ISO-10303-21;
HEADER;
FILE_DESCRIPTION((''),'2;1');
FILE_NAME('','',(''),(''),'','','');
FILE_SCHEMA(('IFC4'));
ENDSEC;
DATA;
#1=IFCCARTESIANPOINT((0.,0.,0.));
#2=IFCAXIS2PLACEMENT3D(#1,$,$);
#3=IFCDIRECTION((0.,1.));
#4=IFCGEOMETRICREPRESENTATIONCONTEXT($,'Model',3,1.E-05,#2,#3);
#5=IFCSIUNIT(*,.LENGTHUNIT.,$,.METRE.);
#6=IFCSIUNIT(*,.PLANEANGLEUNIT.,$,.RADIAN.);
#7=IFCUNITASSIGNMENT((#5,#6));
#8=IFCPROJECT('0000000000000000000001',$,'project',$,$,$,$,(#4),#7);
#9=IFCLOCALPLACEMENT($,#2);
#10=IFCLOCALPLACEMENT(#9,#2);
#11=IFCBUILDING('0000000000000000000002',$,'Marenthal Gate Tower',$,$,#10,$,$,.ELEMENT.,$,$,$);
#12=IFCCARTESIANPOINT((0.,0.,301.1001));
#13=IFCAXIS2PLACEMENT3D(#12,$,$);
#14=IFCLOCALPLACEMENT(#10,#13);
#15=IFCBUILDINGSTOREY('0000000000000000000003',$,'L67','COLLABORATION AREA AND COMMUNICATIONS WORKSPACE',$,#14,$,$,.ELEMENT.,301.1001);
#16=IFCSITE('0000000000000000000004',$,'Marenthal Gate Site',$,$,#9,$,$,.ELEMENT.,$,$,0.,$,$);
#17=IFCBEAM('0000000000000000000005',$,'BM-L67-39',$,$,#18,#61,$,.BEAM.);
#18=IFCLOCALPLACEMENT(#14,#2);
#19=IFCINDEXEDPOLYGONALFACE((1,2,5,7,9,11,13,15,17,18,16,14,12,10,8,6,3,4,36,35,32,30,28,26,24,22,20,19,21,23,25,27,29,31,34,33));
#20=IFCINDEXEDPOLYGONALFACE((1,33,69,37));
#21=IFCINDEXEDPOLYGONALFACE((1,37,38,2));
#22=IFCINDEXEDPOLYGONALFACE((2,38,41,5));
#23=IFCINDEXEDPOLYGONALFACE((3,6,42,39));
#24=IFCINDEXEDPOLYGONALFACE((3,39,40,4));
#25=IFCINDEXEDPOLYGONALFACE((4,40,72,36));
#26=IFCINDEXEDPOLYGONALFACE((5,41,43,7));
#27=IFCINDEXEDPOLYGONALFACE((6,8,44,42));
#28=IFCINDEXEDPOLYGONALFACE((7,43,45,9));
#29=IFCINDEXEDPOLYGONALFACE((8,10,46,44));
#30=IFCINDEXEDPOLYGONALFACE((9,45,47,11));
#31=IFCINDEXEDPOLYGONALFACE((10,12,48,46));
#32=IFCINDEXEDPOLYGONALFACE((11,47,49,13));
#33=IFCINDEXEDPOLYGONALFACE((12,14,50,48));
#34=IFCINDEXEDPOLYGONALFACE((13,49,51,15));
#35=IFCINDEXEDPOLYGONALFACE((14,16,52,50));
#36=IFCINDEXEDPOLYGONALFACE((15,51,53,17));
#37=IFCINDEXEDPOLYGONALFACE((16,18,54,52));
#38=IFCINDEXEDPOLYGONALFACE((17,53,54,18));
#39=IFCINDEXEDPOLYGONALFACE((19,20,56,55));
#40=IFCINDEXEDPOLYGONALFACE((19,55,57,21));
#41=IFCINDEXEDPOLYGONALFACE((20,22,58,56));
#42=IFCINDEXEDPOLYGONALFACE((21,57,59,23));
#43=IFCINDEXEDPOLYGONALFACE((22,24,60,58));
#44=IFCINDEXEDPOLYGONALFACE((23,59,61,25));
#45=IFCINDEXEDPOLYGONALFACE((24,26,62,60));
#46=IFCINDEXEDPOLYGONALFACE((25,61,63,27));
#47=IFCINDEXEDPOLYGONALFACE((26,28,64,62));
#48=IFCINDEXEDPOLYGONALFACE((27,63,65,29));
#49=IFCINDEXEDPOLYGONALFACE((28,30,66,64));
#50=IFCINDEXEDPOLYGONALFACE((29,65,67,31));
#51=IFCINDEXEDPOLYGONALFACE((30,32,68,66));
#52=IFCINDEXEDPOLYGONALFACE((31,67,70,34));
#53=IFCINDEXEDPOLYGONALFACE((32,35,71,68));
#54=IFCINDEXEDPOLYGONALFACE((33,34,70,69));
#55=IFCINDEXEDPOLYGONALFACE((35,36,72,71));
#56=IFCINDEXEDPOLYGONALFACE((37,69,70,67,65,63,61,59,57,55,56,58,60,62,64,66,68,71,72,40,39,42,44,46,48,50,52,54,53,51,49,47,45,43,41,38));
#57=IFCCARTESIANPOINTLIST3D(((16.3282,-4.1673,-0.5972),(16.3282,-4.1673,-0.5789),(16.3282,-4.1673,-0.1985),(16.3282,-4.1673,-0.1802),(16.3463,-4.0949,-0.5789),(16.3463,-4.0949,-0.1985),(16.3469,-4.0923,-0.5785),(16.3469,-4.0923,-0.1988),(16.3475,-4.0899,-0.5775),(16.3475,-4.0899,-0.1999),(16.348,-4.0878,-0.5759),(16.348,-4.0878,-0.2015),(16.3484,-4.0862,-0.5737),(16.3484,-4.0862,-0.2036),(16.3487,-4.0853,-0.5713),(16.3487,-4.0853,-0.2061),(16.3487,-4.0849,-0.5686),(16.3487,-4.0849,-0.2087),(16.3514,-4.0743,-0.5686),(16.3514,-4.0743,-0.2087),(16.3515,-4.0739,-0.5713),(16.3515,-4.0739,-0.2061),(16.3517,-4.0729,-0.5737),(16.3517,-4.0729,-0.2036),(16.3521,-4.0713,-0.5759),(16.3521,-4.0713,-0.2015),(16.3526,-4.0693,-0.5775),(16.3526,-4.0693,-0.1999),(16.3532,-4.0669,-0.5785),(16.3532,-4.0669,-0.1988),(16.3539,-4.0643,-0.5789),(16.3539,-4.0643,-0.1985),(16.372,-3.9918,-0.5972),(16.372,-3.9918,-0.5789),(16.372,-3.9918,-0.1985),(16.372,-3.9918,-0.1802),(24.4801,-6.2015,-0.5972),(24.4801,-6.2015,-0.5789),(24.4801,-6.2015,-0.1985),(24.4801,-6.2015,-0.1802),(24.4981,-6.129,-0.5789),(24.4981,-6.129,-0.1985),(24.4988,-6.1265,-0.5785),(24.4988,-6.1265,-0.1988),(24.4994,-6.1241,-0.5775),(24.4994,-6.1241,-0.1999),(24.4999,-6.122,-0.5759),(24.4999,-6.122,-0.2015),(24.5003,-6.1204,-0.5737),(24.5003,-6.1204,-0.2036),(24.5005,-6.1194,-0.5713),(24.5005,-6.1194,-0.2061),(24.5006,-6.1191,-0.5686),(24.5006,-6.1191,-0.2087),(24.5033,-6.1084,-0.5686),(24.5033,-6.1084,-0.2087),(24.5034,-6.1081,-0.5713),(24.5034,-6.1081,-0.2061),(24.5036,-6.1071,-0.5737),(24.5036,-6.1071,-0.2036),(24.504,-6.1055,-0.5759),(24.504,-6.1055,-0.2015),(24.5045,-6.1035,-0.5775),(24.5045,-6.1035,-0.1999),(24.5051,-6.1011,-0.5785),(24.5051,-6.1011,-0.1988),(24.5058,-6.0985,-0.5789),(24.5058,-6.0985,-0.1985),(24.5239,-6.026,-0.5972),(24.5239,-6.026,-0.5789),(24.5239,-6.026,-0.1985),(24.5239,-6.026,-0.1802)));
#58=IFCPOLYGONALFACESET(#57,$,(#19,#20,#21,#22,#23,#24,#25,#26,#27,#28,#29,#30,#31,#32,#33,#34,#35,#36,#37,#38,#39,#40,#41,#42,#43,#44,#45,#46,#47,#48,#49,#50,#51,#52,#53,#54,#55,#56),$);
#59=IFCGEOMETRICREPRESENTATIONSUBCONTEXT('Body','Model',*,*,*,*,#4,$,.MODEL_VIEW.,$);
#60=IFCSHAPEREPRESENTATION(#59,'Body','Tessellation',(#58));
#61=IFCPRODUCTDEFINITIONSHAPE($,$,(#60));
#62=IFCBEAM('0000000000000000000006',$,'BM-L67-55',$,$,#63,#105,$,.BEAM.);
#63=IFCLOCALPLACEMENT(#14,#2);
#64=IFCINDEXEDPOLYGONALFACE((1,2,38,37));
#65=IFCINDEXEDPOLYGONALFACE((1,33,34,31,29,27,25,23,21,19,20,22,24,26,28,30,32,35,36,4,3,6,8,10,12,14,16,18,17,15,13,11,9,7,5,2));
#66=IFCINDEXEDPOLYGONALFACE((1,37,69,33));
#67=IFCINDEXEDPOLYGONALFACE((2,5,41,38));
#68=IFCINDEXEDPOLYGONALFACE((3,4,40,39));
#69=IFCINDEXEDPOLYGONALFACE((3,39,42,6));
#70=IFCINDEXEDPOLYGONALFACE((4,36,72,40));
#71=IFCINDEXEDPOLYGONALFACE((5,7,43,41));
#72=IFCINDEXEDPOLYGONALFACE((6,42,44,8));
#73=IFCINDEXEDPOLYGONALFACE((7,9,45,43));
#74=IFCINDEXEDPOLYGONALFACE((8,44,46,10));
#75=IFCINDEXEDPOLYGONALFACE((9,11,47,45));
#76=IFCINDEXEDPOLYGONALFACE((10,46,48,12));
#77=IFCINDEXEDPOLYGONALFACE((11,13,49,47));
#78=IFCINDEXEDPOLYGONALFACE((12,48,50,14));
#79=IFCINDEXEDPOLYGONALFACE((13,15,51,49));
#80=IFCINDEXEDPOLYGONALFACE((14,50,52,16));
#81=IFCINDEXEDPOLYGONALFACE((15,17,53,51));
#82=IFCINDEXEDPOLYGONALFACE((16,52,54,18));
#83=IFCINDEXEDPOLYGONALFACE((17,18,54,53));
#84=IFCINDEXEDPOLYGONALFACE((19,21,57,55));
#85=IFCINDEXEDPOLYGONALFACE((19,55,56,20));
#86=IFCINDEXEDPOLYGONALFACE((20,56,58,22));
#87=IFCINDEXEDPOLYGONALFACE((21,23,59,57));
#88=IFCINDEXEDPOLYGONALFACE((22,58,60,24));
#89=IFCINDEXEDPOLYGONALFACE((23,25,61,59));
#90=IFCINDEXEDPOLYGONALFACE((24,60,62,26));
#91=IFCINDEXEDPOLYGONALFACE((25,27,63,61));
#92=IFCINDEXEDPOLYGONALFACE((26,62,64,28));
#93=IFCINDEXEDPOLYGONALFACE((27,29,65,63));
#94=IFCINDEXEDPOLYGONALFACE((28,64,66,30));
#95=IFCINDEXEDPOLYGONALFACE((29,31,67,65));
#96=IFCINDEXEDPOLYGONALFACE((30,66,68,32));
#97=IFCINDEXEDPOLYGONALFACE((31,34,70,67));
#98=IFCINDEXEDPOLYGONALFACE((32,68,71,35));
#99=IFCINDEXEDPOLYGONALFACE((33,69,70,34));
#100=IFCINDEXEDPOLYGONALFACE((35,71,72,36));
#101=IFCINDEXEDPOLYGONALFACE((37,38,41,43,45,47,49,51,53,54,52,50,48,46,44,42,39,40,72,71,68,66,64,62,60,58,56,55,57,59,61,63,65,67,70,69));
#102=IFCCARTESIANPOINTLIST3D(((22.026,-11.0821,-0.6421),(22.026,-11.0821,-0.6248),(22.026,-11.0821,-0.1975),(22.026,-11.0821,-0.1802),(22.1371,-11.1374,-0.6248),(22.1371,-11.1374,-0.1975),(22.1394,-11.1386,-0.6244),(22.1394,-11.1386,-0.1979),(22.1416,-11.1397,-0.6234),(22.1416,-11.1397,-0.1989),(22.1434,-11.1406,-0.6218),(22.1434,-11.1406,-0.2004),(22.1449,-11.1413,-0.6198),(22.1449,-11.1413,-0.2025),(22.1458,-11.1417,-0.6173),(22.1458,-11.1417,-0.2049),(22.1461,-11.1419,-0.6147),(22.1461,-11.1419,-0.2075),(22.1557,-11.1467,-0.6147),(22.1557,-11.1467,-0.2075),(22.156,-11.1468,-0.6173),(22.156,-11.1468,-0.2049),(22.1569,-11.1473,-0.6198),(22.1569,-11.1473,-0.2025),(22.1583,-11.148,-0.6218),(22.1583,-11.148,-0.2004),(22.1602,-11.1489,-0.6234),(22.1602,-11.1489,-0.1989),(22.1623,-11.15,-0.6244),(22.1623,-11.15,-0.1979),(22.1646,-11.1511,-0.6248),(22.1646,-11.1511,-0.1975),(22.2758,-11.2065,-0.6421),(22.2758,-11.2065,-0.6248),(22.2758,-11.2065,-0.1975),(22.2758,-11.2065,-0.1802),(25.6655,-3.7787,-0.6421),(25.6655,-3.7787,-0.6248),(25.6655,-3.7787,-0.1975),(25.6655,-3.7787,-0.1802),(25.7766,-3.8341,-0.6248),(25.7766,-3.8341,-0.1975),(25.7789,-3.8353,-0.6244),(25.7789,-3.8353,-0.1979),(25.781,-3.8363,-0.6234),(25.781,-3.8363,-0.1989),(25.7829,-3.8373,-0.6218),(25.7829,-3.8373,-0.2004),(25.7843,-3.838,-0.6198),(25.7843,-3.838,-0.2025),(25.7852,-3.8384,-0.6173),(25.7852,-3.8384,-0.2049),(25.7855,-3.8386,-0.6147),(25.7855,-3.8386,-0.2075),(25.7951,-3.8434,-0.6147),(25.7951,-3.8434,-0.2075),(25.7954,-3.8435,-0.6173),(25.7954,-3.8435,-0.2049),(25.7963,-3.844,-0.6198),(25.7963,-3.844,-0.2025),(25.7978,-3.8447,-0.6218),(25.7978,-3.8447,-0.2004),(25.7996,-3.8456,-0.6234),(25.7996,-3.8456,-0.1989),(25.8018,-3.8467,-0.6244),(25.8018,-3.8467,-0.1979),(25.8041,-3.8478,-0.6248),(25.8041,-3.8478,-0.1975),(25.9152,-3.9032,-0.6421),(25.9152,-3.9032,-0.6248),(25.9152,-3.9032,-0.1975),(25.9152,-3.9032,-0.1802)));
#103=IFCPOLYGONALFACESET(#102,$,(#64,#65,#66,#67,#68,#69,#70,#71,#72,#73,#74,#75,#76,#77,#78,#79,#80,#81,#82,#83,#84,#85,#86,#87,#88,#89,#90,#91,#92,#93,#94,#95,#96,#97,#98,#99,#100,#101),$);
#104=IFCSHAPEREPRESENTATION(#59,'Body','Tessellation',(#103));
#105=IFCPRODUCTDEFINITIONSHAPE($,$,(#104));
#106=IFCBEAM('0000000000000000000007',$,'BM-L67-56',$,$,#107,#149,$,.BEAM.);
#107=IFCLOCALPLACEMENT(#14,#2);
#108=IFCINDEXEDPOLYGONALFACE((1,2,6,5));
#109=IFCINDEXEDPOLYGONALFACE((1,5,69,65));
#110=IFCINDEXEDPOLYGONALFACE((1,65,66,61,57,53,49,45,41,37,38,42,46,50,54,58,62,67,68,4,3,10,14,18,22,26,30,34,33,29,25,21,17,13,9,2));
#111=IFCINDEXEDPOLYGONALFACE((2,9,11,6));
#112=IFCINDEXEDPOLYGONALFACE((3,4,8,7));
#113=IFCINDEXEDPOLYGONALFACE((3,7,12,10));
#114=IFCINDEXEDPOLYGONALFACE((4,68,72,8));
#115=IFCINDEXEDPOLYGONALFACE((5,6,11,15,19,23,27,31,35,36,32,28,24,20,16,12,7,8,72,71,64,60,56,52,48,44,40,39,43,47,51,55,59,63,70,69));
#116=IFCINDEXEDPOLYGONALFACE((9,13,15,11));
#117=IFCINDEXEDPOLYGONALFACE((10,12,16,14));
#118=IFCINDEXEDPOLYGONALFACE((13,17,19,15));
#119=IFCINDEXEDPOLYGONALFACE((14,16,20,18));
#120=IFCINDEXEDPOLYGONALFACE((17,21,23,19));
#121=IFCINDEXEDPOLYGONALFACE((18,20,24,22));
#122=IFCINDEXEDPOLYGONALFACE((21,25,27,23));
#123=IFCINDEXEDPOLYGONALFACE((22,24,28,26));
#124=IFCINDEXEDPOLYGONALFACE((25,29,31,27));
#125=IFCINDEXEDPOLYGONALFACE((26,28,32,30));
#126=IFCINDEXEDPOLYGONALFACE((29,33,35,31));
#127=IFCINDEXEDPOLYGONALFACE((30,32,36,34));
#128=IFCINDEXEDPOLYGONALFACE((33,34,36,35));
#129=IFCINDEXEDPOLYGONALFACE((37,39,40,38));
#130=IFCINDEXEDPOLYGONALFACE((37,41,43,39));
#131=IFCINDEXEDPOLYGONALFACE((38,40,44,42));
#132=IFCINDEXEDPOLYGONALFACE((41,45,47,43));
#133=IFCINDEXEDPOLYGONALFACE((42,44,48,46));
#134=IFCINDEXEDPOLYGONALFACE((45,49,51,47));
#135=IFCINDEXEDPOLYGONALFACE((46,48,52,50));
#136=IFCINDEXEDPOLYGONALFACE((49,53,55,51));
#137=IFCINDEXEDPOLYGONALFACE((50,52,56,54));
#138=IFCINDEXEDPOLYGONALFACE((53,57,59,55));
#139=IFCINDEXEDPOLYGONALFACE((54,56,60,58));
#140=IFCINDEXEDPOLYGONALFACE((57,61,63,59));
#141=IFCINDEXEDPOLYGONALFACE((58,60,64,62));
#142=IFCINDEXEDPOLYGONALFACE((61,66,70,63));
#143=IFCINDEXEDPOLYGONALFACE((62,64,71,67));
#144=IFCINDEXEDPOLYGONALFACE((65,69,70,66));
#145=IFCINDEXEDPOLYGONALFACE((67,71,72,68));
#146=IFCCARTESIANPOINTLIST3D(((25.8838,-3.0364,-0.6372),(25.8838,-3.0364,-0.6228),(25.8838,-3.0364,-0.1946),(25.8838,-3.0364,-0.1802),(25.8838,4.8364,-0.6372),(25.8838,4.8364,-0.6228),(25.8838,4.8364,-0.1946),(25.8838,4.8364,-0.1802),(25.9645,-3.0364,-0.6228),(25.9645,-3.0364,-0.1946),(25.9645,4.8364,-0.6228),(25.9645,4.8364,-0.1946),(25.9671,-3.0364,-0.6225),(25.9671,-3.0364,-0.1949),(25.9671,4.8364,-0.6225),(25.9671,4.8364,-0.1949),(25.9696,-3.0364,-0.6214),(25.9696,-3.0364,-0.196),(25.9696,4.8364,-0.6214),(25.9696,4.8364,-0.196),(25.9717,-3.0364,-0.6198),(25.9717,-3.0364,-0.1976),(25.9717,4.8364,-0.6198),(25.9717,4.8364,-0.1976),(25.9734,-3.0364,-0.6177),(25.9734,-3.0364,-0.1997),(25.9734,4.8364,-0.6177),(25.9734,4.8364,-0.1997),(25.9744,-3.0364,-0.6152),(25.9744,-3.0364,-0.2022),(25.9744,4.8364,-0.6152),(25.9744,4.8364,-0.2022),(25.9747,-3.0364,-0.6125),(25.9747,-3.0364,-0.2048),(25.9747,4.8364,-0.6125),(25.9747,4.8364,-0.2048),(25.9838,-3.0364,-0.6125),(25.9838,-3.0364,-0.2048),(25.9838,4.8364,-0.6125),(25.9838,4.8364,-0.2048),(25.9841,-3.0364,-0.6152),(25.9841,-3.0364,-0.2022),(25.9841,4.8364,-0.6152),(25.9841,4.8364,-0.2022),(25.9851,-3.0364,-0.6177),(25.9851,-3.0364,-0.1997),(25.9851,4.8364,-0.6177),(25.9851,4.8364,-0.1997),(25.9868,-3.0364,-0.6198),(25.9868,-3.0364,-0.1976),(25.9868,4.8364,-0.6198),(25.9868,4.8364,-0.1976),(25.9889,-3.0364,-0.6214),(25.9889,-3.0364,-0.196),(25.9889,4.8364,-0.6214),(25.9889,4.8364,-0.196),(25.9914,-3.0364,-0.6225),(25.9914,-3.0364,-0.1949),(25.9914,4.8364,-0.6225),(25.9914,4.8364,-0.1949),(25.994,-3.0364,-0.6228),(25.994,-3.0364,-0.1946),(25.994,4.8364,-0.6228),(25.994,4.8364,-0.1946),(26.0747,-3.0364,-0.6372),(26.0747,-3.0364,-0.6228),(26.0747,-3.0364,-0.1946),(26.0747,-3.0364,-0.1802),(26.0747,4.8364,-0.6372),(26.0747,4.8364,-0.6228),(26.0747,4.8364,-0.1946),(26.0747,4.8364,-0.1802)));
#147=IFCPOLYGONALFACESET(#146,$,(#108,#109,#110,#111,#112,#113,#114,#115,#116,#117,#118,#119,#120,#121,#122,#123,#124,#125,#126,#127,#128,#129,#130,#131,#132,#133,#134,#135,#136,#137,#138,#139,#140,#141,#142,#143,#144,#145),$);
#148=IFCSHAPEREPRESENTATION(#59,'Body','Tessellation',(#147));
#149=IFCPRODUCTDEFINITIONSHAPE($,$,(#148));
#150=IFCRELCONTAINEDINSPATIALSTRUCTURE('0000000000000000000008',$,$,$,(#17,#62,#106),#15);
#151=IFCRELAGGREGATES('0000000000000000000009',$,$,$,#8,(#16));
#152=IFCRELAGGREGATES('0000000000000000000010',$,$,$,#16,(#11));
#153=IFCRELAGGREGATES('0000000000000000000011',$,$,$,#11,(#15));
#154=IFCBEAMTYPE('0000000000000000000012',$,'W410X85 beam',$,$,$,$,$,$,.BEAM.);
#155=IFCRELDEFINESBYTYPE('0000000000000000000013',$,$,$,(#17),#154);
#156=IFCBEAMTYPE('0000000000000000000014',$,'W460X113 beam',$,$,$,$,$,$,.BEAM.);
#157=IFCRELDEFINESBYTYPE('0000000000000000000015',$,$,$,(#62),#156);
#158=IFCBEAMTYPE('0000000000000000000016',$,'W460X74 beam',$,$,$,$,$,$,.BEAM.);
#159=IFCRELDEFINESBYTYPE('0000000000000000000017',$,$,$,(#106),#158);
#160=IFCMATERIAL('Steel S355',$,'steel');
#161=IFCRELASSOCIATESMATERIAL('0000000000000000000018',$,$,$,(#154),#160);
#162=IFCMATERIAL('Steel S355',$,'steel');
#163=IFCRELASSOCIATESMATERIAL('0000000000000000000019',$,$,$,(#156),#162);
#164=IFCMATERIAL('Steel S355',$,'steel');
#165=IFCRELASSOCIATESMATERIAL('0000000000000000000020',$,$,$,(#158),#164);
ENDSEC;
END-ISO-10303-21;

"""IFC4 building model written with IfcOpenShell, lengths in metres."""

from ifc_helpers import new_model, si_unit, direction, frame, origin, origin_2d, place, context, subcontext, project, spatial, i_section, extrude, material, material_profile, profile_set, type_object, element, save


model = new_model("IFC4")

# Units and contexts
model_context = context("Model", 3, precision=1e-05, world=origin(), true_north=direction((0.0, 1.0)))
body_context = subcontext(model_context, "Body", "Model", "MODEL_VIEW")
ifc_project = project(units=[si_unit("LENGTHUNIT", "METRE"), si_unit("PLANEANGLEUNIT", "RADIAN")], contexts=[model_context])

# Site, building, storey
site_placement = place(None, origin())
site = spatial("IfcSite", under=ifc_project, at=site_placement, Name="Marenthal Gate Site", CompositionType="ELEMENT", RefElevation=0.0)
building_placement = place(site_placement, origin())
building = spatial("IfcBuilding", under=site, at=building_placement, Name="Marenthal Gate Tower", CompositionType="ELEMENT")
storey_placement = place(building_placement, frame((0.0, 0.0, 301.1001)))
storey = spatial("IfcBuildingStorey", under=building, at=storey_placement, Name="L67", Description="COLLABORATION AREA AND COMMUNICATIONS WORKSPACE", CompositionType="ELEMENT", Elevation=301.1001)

# Beams
ifc_material_1 = material(Name="Steel S355", Category="steel")
ifc_material_profile_1 = material_profile(ifc_material_1, i_section(OverallWidth=0.1809, OverallDepth=0.417, WebThickness=0.011, FlangeThickness=0.0183, FilletRadius=0.0103, at=origin_2d()), Name="W410X85")
ifc_profile_set_1 = profile_set([ifc_material_profile_1], Name="Steel S355")
beam_type_1 = type_object("IfcBeamType", Name="W410X85 beam", PredefinedType="BEAM", material=ifc_profile_set_1)
beam_1_placement = place(storey_placement, frame((24.502, -6.1138, -0.3887), z_axis=(-0.970248, 0.242112, 0.0), x_axis=(-0.242112, -0.970248, 0.0)))
element("IfcBeam", 1, at=beam_1_placement, inside=storey, type_object=beam_type_1, Name="BM-L67-39", PredefinedType="BEAM", context=body_context, shape_type="SweptSolid", body=[
    extrude(i_section(OverallWidth=0.1809, OverallDepth=0.417, WebThickness=0.011, FlangeThickness=0.0183, FilletRadius=0.0103, at=origin_2d()), origin(), (0.0, 0.0, 1.0), 8.4019),
])
ifc_material_2 = material(Name="Steel S355", Category="steel")
ifc_material_profile_2 = material_profile(ifc_material_2, i_section(OverallWidth=0.2791, OverallDepth=0.4619, WebThickness=0.0107, FlangeThickness=0.0173, FilletRadius=0.01, at=origin_2d()), Name="W460X113")
ifc_profile_set_2 = profile_set([ifc_material_profile_2], Name="Steel S355")
beam_type_2 = type_object("IfcBeamType", Name="W460X113 beam", PredefinedType="BEAM", material=ifc_profile_set_2)
beam_2_placement = place(storey_placement, frame((22.1509, -11.1443, -0.4111), z_axis=(0.446016, 0.895025, 0.0), x_axis=(-0.895025, 0.446016, 0.0)))
element("IfcBeam", 2, at=beam_2_placement, inside=storey, type_object=beam_type_2, Name="BM-L67-55", PredefinedType="BEAM", context=body_context, shape_type="SweptSolid", body=[
    extrude(i_section(OverallWidth=0.2791, OverallDepth=0.4619, WebThickness=0.0107, FlangeThickness=0.0173, FilletRadius=0.01, at=origin_2d()), origin(), (0.0, 0.0, 1.0), 8.1599),
])
ifc_material_3 = material(Name="Steel S355", Category="steel")
ifc_material_profile_3 = material_profile(ifc_material_3, i_section(OverallWidth=0.1909, OverallDepth=0.457, WebThickness=0.009, FlangeThickness=0.0144, FilletRadius=0.0103, at=origin_2d()), Name="W460X74")
ifc_profile_set_3 = profile_set([ifc_material_profile_3], Name="Steel S355")
beam_type_3 = type_object("IfcBeamType", Name="W460X74 beam", PredefinedType="BEAM", material=ifc_profile_set_3)
beam_3_placement = place(storey_placement, frame((25.9792, -3.0364, -0.4087), z_axis=(0.0, 1.0, 0.0), x_axis=(-1.0, 0.0, 0.0)))
element("IfcBeam", 3, at=beam_3_placement, inside=storey, type_object=beam_type_3, Name="BM-L67-56", PredefinedType="BEAM", context=body_context, shape_type="SweptSolid", body=[
    extrude(i_section(OverallWidth=0.1909, OverallDepth=0.457, WebThickness=0.009, FlangeThickness=0.0144, FilletRadius=0.0103, at=origin_2d()), origin(), (0.0, 0.0, 1.0), 7.8728),
])

save(model, "model.ifc")
